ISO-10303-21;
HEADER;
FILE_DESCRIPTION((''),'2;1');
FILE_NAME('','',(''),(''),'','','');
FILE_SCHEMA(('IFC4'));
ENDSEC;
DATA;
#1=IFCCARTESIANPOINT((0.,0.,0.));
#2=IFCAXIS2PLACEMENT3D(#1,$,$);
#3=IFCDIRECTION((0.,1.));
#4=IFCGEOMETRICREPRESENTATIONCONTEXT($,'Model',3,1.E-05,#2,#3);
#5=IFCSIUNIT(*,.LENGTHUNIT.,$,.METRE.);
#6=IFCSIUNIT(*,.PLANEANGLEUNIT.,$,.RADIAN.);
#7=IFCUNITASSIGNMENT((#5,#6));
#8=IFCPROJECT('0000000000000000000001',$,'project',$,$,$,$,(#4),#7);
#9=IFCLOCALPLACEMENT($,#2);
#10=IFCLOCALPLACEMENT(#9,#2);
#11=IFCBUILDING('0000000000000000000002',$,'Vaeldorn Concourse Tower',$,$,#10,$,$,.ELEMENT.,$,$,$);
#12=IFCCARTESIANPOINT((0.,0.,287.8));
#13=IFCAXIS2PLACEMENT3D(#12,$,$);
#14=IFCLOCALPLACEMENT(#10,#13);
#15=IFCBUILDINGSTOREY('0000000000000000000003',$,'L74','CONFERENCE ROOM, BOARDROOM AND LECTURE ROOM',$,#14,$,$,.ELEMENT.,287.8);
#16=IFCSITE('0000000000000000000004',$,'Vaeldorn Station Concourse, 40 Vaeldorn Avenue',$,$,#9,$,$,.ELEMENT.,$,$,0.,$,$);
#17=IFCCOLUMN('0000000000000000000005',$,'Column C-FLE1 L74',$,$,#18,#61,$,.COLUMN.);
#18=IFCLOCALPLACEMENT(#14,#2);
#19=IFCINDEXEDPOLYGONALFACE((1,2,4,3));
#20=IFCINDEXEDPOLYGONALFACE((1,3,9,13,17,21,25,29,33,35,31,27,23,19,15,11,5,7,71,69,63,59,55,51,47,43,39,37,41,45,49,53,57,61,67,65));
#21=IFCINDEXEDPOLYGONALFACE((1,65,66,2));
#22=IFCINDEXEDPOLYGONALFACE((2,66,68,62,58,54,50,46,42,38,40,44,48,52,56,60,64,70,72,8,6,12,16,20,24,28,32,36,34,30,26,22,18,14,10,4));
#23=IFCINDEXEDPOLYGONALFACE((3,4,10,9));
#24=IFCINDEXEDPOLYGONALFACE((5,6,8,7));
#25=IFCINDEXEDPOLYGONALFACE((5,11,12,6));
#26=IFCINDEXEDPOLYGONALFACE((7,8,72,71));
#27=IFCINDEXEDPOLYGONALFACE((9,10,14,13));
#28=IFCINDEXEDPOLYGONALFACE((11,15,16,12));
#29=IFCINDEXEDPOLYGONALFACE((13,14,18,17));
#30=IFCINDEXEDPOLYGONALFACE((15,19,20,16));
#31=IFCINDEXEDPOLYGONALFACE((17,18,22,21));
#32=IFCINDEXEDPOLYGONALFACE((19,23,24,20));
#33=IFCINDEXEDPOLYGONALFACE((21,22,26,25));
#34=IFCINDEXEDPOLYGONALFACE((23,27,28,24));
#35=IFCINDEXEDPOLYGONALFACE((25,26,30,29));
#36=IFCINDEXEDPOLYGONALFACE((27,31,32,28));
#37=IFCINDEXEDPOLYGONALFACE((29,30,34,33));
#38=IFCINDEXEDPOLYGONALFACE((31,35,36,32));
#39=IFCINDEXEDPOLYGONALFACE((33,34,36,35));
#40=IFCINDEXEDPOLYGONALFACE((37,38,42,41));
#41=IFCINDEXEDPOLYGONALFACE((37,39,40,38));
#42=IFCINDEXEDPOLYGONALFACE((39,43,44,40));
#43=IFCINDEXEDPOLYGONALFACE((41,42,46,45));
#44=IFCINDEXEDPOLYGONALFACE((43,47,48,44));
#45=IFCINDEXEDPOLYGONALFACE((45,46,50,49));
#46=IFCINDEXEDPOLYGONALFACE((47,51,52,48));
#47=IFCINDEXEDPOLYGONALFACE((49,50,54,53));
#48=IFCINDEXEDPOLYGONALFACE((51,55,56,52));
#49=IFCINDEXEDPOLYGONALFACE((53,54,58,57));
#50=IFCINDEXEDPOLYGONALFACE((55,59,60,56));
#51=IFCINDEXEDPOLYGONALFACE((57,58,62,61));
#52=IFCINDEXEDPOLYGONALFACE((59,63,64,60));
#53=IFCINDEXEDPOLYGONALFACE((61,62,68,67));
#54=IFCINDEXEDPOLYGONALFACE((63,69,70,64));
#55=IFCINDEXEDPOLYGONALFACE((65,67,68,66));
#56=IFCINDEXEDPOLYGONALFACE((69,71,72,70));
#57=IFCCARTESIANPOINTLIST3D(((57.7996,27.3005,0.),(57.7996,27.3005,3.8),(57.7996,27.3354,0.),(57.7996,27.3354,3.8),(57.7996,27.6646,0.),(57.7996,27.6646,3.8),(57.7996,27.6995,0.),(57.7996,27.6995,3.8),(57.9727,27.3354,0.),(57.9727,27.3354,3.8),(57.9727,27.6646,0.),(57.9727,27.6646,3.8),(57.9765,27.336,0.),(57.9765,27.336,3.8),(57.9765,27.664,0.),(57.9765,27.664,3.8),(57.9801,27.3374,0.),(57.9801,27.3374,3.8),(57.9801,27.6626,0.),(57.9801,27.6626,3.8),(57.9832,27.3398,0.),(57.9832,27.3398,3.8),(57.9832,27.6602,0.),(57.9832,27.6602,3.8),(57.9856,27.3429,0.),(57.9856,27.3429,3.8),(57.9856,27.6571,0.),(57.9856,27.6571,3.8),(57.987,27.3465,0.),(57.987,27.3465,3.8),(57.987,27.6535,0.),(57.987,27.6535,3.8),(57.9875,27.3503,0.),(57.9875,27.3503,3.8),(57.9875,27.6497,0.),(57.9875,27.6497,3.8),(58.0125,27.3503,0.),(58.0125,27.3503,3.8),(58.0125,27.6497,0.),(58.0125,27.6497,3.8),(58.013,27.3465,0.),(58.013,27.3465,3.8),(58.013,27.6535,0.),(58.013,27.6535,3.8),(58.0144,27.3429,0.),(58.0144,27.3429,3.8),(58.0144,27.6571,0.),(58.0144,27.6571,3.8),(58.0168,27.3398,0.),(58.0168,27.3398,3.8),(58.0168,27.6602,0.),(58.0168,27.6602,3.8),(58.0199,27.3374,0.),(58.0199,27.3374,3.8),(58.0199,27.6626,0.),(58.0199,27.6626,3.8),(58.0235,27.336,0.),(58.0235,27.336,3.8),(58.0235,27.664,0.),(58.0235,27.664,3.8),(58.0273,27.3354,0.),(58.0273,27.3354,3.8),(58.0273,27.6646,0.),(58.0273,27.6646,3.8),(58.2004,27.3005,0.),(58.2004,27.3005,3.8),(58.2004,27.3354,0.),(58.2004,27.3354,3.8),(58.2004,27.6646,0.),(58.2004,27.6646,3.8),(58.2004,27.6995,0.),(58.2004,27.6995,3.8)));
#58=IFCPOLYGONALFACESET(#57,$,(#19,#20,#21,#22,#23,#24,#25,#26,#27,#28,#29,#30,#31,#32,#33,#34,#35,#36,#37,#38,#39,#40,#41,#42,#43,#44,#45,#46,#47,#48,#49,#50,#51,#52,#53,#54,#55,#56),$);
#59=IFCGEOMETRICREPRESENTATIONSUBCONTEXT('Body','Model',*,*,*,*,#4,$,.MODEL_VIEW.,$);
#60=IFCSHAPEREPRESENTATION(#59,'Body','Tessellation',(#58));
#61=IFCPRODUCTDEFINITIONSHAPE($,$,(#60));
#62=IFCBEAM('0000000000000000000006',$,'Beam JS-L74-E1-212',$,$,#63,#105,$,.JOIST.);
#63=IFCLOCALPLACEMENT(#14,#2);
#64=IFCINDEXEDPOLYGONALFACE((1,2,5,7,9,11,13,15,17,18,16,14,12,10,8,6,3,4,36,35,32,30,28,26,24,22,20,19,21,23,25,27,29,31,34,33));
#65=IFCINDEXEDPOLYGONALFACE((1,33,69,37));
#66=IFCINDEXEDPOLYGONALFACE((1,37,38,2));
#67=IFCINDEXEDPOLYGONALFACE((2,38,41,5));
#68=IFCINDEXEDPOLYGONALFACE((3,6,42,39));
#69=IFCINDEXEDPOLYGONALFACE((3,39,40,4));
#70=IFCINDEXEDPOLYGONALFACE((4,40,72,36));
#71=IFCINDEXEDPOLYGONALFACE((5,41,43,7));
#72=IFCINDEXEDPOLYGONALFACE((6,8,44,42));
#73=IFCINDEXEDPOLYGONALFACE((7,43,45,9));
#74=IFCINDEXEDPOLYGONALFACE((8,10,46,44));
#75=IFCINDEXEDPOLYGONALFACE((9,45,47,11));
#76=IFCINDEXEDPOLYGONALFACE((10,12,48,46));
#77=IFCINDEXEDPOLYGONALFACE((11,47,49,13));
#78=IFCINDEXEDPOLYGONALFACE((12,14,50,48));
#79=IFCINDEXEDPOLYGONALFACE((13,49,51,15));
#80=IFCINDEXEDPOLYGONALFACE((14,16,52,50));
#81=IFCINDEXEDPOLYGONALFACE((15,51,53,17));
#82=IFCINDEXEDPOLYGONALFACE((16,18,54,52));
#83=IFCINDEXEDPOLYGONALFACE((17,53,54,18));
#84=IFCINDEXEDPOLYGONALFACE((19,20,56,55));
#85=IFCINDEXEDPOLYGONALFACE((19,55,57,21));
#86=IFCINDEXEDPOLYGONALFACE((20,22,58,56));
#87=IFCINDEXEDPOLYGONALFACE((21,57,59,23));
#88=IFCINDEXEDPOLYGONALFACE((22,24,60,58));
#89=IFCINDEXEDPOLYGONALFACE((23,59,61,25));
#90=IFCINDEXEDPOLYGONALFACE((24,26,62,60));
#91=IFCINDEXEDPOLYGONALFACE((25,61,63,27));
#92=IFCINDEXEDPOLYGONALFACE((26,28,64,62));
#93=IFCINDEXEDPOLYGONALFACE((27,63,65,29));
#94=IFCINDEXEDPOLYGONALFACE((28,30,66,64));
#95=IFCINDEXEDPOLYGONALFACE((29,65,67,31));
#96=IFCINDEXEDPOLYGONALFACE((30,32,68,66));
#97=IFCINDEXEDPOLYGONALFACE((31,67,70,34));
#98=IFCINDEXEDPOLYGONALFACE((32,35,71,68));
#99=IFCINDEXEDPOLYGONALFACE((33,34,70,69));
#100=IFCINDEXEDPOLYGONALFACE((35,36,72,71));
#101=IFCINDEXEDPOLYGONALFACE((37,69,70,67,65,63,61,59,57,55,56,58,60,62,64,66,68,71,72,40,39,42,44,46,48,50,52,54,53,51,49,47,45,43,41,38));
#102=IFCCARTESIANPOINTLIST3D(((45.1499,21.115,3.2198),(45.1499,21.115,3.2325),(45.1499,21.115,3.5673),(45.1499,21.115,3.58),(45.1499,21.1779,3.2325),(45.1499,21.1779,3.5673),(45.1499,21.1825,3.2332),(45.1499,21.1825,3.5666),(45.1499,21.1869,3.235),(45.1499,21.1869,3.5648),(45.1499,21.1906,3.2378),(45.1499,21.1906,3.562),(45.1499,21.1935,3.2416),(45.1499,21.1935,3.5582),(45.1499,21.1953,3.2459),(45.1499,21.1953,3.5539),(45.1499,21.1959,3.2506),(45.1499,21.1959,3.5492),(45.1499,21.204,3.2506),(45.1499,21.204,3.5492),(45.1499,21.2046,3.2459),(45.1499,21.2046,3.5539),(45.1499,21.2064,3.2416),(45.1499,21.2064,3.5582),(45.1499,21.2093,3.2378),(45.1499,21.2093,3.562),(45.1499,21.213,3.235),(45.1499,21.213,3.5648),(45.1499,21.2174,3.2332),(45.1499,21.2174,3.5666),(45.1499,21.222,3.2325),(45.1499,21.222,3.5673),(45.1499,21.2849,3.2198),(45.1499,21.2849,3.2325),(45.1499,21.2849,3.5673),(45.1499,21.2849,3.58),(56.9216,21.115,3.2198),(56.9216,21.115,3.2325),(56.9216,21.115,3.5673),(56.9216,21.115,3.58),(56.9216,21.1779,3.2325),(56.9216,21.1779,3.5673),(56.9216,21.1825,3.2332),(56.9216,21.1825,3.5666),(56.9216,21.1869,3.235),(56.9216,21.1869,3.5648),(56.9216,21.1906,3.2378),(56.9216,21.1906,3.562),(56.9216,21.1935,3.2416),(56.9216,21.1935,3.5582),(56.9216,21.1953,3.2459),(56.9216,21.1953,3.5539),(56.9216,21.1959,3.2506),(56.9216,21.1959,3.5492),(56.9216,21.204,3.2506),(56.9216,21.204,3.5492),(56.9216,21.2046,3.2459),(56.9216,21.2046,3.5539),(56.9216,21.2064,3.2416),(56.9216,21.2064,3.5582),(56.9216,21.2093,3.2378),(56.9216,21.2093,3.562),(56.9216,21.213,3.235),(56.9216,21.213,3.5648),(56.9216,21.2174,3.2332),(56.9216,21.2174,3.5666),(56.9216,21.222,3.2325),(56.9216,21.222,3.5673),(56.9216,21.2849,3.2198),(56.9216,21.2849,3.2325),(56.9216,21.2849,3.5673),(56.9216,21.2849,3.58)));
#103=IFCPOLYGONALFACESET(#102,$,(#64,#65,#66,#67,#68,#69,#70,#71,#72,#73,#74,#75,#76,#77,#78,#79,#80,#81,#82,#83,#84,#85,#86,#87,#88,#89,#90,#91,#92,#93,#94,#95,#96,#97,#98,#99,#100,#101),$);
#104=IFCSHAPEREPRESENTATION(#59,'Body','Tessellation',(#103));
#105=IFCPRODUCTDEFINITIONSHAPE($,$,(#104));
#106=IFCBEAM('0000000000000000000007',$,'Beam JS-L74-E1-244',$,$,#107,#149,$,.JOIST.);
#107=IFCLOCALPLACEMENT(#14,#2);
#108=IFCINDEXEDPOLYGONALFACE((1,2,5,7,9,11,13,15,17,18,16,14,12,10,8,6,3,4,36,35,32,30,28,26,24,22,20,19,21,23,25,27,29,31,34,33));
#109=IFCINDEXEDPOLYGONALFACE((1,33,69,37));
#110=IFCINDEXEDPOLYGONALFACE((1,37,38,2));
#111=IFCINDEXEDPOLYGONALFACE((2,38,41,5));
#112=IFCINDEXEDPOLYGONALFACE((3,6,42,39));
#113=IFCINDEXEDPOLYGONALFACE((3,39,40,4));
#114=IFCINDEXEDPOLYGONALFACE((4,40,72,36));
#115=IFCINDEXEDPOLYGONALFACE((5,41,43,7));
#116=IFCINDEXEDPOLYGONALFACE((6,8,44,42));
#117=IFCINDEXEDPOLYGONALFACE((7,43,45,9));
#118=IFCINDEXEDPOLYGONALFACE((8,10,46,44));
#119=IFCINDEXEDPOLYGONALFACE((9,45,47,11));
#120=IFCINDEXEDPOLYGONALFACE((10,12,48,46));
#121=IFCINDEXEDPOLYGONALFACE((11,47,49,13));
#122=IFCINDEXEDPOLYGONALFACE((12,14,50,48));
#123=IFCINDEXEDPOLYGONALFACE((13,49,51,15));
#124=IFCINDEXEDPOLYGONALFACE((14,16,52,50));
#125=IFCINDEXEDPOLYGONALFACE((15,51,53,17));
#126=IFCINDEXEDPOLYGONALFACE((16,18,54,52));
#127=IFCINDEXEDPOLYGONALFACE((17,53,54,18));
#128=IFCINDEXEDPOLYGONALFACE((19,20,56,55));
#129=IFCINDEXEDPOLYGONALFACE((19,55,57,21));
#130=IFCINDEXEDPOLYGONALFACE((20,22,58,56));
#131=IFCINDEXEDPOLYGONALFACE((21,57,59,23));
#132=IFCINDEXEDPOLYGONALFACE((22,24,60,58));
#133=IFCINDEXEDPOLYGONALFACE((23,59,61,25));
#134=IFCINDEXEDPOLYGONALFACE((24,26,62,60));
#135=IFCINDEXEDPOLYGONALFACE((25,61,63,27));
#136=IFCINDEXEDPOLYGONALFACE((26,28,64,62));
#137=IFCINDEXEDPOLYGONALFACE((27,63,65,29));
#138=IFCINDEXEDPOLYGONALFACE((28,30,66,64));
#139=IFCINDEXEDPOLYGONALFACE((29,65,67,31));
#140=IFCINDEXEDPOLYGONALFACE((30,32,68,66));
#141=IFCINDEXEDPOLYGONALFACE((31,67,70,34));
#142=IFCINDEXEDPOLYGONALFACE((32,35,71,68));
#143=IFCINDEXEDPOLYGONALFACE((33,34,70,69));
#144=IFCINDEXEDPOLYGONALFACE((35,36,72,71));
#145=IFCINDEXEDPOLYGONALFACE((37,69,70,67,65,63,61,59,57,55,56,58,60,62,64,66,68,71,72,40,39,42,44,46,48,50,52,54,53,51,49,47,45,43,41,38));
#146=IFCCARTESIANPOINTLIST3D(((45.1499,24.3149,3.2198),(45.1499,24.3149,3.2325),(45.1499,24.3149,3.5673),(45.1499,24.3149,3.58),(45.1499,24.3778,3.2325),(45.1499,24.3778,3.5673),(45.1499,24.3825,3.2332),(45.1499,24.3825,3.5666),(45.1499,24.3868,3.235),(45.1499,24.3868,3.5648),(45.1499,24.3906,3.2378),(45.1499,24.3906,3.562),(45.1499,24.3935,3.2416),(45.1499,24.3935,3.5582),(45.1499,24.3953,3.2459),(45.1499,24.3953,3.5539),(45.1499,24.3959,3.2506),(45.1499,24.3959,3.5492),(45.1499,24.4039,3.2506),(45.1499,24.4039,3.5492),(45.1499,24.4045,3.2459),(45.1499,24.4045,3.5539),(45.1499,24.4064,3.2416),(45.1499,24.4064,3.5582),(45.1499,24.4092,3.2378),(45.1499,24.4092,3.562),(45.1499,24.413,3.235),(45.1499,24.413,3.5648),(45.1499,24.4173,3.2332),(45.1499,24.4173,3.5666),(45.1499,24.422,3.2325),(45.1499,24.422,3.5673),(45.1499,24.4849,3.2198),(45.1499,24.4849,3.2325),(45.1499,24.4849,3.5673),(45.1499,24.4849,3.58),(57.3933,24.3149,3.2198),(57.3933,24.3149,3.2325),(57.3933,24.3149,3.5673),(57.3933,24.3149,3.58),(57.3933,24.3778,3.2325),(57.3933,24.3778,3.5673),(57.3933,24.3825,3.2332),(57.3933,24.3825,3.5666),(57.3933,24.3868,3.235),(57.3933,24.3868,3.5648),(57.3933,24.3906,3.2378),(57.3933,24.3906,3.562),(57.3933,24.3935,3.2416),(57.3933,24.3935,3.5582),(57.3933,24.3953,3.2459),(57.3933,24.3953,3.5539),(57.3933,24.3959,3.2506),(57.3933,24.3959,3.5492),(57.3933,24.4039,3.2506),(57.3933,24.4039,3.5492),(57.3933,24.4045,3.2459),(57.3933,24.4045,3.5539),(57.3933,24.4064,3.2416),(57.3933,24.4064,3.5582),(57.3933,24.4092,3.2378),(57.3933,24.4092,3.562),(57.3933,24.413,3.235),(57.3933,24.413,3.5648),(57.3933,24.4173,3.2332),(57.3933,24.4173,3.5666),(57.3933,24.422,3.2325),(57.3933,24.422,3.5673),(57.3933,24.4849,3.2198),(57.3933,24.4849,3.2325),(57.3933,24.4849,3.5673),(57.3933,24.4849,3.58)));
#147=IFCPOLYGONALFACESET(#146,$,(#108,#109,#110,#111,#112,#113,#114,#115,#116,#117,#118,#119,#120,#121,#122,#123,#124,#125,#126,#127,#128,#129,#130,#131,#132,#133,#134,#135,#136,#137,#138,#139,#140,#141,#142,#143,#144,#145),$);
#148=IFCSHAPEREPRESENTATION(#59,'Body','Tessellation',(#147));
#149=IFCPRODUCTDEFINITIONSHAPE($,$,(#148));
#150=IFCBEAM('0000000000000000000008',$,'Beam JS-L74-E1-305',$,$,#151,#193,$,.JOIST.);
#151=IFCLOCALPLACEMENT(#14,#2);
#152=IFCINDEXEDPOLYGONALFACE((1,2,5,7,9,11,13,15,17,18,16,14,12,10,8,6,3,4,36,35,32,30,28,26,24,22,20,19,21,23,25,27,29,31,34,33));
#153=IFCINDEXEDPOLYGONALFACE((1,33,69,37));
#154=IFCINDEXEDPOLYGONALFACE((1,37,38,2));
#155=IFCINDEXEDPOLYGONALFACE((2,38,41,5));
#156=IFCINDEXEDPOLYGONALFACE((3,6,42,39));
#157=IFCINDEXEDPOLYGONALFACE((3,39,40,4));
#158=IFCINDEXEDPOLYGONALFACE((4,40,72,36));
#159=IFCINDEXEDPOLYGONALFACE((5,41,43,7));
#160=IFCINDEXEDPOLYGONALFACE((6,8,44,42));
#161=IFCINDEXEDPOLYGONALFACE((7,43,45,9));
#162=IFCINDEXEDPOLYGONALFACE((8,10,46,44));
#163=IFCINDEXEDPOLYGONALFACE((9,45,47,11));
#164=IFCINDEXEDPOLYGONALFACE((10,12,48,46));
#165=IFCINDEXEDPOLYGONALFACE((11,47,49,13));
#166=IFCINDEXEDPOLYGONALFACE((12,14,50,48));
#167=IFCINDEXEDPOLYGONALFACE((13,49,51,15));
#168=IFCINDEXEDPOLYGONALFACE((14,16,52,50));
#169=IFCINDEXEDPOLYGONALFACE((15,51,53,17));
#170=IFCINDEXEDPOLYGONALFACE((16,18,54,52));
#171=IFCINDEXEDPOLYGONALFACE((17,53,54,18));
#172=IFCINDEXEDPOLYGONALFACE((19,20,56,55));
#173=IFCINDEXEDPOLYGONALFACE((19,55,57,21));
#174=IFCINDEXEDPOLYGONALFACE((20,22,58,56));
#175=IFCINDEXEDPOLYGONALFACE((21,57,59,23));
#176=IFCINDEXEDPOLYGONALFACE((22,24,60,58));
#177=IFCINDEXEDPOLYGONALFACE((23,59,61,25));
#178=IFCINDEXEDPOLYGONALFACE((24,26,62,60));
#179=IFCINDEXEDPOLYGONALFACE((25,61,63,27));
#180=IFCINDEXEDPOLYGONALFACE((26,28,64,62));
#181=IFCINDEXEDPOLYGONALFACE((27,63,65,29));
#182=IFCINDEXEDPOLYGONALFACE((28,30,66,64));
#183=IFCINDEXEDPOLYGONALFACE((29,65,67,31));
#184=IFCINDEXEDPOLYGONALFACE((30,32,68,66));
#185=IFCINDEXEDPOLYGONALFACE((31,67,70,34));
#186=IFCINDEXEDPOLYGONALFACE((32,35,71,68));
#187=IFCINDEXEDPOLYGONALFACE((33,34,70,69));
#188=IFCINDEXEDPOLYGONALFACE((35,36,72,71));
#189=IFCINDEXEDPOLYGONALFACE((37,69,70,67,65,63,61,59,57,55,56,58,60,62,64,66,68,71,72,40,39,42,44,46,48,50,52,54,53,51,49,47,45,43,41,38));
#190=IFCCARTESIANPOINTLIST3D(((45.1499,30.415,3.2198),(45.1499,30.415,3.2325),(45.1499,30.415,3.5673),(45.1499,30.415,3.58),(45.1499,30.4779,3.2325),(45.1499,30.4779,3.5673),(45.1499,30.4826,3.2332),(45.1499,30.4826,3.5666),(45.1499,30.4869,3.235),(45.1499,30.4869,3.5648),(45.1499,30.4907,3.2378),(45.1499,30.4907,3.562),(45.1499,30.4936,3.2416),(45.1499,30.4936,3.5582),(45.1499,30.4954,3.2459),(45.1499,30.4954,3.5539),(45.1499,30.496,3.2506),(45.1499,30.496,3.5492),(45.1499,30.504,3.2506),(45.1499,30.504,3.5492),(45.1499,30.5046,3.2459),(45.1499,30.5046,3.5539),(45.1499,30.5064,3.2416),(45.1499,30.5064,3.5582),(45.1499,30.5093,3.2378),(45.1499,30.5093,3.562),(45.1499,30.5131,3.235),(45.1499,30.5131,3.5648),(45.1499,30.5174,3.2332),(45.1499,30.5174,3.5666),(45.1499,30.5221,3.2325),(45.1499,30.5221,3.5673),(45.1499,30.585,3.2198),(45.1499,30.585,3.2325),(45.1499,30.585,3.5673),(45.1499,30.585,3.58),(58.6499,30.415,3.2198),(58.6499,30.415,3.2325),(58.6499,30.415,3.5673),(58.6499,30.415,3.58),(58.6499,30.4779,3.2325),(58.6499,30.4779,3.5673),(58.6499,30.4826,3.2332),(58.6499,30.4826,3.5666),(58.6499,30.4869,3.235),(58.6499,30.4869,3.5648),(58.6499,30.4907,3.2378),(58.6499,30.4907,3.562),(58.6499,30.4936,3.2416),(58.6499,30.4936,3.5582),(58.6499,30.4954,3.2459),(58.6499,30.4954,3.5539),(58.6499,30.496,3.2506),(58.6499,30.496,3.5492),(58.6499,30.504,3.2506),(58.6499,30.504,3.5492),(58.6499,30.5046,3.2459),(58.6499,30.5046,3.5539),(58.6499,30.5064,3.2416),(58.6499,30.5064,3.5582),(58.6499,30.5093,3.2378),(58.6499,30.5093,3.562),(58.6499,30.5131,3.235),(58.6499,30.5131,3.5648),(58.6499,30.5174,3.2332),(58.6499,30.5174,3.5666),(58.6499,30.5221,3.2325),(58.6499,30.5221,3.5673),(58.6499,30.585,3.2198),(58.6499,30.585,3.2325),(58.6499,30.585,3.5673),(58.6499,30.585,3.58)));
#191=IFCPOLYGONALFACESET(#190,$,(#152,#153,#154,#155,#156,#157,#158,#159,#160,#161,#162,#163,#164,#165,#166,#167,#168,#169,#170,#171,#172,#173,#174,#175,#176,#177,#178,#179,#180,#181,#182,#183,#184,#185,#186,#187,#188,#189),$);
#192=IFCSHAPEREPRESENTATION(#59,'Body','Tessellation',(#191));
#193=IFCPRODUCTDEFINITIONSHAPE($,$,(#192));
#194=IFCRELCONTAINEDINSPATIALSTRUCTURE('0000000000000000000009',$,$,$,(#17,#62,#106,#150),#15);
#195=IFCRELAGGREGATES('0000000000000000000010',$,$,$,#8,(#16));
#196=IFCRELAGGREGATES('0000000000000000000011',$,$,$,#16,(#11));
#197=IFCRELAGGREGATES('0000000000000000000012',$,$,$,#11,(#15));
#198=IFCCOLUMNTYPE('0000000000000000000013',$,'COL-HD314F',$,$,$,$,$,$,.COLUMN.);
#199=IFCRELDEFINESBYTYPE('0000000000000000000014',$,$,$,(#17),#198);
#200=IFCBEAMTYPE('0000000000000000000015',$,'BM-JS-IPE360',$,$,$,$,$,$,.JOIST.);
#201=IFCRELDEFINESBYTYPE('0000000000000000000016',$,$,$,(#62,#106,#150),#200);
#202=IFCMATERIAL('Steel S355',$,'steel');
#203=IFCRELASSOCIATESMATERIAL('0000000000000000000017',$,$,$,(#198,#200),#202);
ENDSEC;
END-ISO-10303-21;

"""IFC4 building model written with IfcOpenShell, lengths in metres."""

from ifc_helpers import new_model, si_unit, direction, frame, origin, origin_2d, place, context, subcontext, project, spatial, i_section, extrude, source, transform, mapped, material, material_profile, profile_set, type_object, element, save


model = new_model("IFC4")

# Units and contexts
model_context = context("Model", 3, precision=1e-05, world=origin(), true_north=direction((0.0, 1.0)))
body_context = subcontext(model_context, "Body", "Model", "MODEL_VIEW")
ifc_project = project(units=[si_unit("LENGTHUNIT", "METRE"), si_unit("PLANEANGLEUNIT", "RADIAN")], contexts=[model_context])

# Site, building, storey
site_placement = place(None, origin())
site = spatial("IfcSite", under=ifc_project, at=site_placement, Name="Vaeldorn Station Concourse, 40 Vaeldorn Avenue", CompositionType="ELEMENT", RefElevation=0.0)
building_placement = place(site_placement, origin())
building = spatial("IfcBuilding", under=site, at=building_placement, Name="Vaeldorn Concourse Tower", CompositionType="ELEMENT")
storey_placement = place(building_placement, frame((0.0, 0.0, 287.8)))
storey = spatial("IfcBuildingStorey", under=building, at=storey_placement, Name="L74", Description="CONFERENCE ROOM, BOARDROOM AND LECTURE ROOM", CompositionType="ELEMENT", Elevation=287.8)

# Column
ifc_material_1 = material(Name="Steel S355", Category="steel")
ifc_material_profile_1 = material_profile(ifc_material_1, i_section(OverallWidth=0.4009, OverallDepth=0.3989, WebThickness=0.0249, FlangeThickness=0.0349, FilletRadius=0.0149, at=origin_2d()), Name="HD 400x314")
ifc_profile_set_1 = profile_set([ifc_material_profile_1], Name="Steel S355")
column_type = type_object("IfcColumnType", Name="COL-HD314F", PredefinedType="COLUMN", material=ifc_profile_set_1)
shared_shape_1 = source(origin(), body_context, "Body", "SweptSolid", [
    extrude(i_section(OverallWidth=0.4009, OverallDepth=0.3989, WebThickness=0.0249, FlangeThickness=0.0349, FilletRadius=0.0149, at=origin_2d()), origin(), (0.0, 0.0, 1.0), 3.8),
])
column_placement = place(storey_placement, frame((58.0, 27.5, 0.0), z_axis=(0.0, 0.0, 1.0), x_axis=(1.0, 0.0, 0.0)))
element("IfcColumn", 1, at=column_placement, inside=storey, type_object=column_type, Name="Column C-FLE1 L74", PredefinedType="COLUMN", context=body_context, shape_type="MappedRepresentation", body=[
    mapped(shared_shape_1, transform((0.0, 0.0, 0.0), scale=1.0)),
])

# Beams
ifc_material_profile_2 = material_profile(ifc_material_1, i_section(OverallWidth=0.1699, OverallDepth=0.3601, WebThickness=0.0081, FlangeThickness=0.0127, FilletRadius=0.0181, at=origin_2d()), Name="IPE 360")
ifc_profile_set_2 = profile_set([ifc_material_profile_2], Name="Steel S355")
beam_type_1 = type_object("IfcBeamType", Name="BM-JS-IPE360", PredefinedType="JOIST", material=ifc_profile_set_2)
shared_shape_2 = source(origin(), body_context, "Body", "SweptSolid", [
    extrude(i_section(OverallWidth=0.1699, OverallDepth=0.3601, WebThickness=0.0081, FlangeThickness=0.0127, FilletRadius=0.0181, at=origin_2d()), origin(), (0.0, 0.0, 1.0), 11.7717),
])
beam_1_placement = place(storey_placement, frame((45.1499, 21.2, 3.3999), z_axis=(1.0, 0.0, 0.0), x_axis=(0.0, 1.0, 0.0)))
element("IfcBeam", 2, at=beam_1_placement, inside=storey, type_object=beam_type_1, Name="Beam JS-L74-E1-212", PredefinedType="JOIST", context=body_context, shape_type="MappedRepresentation", body=[
    mapped(shared_shape_2, transform((0.0, 0.0, 0.0), scale=1.0)),
])
shared_shape_3 = source(origin(), body_context, "Body", "SweptSolid", [
    extrude(i_section(OverallWidth=0.1699, OverallDepth=0.3601, WebThickness=0.0081, FlangeThickness=0.0127, FilletRadius=0.0181, at=origin_2d()), origin(), (0.0, 0.0, 1.0), 12.2434),
])
beam_2_placement = place(storey_placement, frame((45.1499, 24.3999, 3.3999), z_axis=(1.0, 0.0, 0.0), x_axis=(0.0, 1.0, 0.0)))
element("IfcBeam", 3, at=beam_2_placement, inside=storey, type_object=beam_type_1, Name="Beam JS-L74-E1-244", PredefinedType="JOIST", context=body_context, shape_type="MappedRepresentation", body=[
    mapped(shared_shape_3, transform((0.0, 0.0, 0.0), scale=1.0)),
])
shared_shape_4 = source(origin(), body_context, "Body", "SweptSolid", [
    extrude(i_section(OverallWidth=0.1699, OverallDepth=0.3601, WebThickness=0.0081, FlangeThickness=0.0127, FilletRadius=0.0181, at=origin_2d()), origin(), (0.0, 0.0, 1.0), 13.5),
])
beam_3_placement = place(storey_placement, frame((45.1499, 30.5, 3.3999), z_axis=(1.0, 0.0, 0.0), x_axis=(0.0, 1.0, 0.0)))
element("IfcBeam", 4, at=beam_3_placement, inside=storey, type_object=beam_type_1, Name="Beam JS-L74-E1-305", PredefinedType="JOIST", context=body_context, shape_type="MappedRepresentation", body=[
    mapped(shared_shape_4, transform((0.0, 0.0, 0.0), scale=1.0)),
])

save(model, "model.ifc")
